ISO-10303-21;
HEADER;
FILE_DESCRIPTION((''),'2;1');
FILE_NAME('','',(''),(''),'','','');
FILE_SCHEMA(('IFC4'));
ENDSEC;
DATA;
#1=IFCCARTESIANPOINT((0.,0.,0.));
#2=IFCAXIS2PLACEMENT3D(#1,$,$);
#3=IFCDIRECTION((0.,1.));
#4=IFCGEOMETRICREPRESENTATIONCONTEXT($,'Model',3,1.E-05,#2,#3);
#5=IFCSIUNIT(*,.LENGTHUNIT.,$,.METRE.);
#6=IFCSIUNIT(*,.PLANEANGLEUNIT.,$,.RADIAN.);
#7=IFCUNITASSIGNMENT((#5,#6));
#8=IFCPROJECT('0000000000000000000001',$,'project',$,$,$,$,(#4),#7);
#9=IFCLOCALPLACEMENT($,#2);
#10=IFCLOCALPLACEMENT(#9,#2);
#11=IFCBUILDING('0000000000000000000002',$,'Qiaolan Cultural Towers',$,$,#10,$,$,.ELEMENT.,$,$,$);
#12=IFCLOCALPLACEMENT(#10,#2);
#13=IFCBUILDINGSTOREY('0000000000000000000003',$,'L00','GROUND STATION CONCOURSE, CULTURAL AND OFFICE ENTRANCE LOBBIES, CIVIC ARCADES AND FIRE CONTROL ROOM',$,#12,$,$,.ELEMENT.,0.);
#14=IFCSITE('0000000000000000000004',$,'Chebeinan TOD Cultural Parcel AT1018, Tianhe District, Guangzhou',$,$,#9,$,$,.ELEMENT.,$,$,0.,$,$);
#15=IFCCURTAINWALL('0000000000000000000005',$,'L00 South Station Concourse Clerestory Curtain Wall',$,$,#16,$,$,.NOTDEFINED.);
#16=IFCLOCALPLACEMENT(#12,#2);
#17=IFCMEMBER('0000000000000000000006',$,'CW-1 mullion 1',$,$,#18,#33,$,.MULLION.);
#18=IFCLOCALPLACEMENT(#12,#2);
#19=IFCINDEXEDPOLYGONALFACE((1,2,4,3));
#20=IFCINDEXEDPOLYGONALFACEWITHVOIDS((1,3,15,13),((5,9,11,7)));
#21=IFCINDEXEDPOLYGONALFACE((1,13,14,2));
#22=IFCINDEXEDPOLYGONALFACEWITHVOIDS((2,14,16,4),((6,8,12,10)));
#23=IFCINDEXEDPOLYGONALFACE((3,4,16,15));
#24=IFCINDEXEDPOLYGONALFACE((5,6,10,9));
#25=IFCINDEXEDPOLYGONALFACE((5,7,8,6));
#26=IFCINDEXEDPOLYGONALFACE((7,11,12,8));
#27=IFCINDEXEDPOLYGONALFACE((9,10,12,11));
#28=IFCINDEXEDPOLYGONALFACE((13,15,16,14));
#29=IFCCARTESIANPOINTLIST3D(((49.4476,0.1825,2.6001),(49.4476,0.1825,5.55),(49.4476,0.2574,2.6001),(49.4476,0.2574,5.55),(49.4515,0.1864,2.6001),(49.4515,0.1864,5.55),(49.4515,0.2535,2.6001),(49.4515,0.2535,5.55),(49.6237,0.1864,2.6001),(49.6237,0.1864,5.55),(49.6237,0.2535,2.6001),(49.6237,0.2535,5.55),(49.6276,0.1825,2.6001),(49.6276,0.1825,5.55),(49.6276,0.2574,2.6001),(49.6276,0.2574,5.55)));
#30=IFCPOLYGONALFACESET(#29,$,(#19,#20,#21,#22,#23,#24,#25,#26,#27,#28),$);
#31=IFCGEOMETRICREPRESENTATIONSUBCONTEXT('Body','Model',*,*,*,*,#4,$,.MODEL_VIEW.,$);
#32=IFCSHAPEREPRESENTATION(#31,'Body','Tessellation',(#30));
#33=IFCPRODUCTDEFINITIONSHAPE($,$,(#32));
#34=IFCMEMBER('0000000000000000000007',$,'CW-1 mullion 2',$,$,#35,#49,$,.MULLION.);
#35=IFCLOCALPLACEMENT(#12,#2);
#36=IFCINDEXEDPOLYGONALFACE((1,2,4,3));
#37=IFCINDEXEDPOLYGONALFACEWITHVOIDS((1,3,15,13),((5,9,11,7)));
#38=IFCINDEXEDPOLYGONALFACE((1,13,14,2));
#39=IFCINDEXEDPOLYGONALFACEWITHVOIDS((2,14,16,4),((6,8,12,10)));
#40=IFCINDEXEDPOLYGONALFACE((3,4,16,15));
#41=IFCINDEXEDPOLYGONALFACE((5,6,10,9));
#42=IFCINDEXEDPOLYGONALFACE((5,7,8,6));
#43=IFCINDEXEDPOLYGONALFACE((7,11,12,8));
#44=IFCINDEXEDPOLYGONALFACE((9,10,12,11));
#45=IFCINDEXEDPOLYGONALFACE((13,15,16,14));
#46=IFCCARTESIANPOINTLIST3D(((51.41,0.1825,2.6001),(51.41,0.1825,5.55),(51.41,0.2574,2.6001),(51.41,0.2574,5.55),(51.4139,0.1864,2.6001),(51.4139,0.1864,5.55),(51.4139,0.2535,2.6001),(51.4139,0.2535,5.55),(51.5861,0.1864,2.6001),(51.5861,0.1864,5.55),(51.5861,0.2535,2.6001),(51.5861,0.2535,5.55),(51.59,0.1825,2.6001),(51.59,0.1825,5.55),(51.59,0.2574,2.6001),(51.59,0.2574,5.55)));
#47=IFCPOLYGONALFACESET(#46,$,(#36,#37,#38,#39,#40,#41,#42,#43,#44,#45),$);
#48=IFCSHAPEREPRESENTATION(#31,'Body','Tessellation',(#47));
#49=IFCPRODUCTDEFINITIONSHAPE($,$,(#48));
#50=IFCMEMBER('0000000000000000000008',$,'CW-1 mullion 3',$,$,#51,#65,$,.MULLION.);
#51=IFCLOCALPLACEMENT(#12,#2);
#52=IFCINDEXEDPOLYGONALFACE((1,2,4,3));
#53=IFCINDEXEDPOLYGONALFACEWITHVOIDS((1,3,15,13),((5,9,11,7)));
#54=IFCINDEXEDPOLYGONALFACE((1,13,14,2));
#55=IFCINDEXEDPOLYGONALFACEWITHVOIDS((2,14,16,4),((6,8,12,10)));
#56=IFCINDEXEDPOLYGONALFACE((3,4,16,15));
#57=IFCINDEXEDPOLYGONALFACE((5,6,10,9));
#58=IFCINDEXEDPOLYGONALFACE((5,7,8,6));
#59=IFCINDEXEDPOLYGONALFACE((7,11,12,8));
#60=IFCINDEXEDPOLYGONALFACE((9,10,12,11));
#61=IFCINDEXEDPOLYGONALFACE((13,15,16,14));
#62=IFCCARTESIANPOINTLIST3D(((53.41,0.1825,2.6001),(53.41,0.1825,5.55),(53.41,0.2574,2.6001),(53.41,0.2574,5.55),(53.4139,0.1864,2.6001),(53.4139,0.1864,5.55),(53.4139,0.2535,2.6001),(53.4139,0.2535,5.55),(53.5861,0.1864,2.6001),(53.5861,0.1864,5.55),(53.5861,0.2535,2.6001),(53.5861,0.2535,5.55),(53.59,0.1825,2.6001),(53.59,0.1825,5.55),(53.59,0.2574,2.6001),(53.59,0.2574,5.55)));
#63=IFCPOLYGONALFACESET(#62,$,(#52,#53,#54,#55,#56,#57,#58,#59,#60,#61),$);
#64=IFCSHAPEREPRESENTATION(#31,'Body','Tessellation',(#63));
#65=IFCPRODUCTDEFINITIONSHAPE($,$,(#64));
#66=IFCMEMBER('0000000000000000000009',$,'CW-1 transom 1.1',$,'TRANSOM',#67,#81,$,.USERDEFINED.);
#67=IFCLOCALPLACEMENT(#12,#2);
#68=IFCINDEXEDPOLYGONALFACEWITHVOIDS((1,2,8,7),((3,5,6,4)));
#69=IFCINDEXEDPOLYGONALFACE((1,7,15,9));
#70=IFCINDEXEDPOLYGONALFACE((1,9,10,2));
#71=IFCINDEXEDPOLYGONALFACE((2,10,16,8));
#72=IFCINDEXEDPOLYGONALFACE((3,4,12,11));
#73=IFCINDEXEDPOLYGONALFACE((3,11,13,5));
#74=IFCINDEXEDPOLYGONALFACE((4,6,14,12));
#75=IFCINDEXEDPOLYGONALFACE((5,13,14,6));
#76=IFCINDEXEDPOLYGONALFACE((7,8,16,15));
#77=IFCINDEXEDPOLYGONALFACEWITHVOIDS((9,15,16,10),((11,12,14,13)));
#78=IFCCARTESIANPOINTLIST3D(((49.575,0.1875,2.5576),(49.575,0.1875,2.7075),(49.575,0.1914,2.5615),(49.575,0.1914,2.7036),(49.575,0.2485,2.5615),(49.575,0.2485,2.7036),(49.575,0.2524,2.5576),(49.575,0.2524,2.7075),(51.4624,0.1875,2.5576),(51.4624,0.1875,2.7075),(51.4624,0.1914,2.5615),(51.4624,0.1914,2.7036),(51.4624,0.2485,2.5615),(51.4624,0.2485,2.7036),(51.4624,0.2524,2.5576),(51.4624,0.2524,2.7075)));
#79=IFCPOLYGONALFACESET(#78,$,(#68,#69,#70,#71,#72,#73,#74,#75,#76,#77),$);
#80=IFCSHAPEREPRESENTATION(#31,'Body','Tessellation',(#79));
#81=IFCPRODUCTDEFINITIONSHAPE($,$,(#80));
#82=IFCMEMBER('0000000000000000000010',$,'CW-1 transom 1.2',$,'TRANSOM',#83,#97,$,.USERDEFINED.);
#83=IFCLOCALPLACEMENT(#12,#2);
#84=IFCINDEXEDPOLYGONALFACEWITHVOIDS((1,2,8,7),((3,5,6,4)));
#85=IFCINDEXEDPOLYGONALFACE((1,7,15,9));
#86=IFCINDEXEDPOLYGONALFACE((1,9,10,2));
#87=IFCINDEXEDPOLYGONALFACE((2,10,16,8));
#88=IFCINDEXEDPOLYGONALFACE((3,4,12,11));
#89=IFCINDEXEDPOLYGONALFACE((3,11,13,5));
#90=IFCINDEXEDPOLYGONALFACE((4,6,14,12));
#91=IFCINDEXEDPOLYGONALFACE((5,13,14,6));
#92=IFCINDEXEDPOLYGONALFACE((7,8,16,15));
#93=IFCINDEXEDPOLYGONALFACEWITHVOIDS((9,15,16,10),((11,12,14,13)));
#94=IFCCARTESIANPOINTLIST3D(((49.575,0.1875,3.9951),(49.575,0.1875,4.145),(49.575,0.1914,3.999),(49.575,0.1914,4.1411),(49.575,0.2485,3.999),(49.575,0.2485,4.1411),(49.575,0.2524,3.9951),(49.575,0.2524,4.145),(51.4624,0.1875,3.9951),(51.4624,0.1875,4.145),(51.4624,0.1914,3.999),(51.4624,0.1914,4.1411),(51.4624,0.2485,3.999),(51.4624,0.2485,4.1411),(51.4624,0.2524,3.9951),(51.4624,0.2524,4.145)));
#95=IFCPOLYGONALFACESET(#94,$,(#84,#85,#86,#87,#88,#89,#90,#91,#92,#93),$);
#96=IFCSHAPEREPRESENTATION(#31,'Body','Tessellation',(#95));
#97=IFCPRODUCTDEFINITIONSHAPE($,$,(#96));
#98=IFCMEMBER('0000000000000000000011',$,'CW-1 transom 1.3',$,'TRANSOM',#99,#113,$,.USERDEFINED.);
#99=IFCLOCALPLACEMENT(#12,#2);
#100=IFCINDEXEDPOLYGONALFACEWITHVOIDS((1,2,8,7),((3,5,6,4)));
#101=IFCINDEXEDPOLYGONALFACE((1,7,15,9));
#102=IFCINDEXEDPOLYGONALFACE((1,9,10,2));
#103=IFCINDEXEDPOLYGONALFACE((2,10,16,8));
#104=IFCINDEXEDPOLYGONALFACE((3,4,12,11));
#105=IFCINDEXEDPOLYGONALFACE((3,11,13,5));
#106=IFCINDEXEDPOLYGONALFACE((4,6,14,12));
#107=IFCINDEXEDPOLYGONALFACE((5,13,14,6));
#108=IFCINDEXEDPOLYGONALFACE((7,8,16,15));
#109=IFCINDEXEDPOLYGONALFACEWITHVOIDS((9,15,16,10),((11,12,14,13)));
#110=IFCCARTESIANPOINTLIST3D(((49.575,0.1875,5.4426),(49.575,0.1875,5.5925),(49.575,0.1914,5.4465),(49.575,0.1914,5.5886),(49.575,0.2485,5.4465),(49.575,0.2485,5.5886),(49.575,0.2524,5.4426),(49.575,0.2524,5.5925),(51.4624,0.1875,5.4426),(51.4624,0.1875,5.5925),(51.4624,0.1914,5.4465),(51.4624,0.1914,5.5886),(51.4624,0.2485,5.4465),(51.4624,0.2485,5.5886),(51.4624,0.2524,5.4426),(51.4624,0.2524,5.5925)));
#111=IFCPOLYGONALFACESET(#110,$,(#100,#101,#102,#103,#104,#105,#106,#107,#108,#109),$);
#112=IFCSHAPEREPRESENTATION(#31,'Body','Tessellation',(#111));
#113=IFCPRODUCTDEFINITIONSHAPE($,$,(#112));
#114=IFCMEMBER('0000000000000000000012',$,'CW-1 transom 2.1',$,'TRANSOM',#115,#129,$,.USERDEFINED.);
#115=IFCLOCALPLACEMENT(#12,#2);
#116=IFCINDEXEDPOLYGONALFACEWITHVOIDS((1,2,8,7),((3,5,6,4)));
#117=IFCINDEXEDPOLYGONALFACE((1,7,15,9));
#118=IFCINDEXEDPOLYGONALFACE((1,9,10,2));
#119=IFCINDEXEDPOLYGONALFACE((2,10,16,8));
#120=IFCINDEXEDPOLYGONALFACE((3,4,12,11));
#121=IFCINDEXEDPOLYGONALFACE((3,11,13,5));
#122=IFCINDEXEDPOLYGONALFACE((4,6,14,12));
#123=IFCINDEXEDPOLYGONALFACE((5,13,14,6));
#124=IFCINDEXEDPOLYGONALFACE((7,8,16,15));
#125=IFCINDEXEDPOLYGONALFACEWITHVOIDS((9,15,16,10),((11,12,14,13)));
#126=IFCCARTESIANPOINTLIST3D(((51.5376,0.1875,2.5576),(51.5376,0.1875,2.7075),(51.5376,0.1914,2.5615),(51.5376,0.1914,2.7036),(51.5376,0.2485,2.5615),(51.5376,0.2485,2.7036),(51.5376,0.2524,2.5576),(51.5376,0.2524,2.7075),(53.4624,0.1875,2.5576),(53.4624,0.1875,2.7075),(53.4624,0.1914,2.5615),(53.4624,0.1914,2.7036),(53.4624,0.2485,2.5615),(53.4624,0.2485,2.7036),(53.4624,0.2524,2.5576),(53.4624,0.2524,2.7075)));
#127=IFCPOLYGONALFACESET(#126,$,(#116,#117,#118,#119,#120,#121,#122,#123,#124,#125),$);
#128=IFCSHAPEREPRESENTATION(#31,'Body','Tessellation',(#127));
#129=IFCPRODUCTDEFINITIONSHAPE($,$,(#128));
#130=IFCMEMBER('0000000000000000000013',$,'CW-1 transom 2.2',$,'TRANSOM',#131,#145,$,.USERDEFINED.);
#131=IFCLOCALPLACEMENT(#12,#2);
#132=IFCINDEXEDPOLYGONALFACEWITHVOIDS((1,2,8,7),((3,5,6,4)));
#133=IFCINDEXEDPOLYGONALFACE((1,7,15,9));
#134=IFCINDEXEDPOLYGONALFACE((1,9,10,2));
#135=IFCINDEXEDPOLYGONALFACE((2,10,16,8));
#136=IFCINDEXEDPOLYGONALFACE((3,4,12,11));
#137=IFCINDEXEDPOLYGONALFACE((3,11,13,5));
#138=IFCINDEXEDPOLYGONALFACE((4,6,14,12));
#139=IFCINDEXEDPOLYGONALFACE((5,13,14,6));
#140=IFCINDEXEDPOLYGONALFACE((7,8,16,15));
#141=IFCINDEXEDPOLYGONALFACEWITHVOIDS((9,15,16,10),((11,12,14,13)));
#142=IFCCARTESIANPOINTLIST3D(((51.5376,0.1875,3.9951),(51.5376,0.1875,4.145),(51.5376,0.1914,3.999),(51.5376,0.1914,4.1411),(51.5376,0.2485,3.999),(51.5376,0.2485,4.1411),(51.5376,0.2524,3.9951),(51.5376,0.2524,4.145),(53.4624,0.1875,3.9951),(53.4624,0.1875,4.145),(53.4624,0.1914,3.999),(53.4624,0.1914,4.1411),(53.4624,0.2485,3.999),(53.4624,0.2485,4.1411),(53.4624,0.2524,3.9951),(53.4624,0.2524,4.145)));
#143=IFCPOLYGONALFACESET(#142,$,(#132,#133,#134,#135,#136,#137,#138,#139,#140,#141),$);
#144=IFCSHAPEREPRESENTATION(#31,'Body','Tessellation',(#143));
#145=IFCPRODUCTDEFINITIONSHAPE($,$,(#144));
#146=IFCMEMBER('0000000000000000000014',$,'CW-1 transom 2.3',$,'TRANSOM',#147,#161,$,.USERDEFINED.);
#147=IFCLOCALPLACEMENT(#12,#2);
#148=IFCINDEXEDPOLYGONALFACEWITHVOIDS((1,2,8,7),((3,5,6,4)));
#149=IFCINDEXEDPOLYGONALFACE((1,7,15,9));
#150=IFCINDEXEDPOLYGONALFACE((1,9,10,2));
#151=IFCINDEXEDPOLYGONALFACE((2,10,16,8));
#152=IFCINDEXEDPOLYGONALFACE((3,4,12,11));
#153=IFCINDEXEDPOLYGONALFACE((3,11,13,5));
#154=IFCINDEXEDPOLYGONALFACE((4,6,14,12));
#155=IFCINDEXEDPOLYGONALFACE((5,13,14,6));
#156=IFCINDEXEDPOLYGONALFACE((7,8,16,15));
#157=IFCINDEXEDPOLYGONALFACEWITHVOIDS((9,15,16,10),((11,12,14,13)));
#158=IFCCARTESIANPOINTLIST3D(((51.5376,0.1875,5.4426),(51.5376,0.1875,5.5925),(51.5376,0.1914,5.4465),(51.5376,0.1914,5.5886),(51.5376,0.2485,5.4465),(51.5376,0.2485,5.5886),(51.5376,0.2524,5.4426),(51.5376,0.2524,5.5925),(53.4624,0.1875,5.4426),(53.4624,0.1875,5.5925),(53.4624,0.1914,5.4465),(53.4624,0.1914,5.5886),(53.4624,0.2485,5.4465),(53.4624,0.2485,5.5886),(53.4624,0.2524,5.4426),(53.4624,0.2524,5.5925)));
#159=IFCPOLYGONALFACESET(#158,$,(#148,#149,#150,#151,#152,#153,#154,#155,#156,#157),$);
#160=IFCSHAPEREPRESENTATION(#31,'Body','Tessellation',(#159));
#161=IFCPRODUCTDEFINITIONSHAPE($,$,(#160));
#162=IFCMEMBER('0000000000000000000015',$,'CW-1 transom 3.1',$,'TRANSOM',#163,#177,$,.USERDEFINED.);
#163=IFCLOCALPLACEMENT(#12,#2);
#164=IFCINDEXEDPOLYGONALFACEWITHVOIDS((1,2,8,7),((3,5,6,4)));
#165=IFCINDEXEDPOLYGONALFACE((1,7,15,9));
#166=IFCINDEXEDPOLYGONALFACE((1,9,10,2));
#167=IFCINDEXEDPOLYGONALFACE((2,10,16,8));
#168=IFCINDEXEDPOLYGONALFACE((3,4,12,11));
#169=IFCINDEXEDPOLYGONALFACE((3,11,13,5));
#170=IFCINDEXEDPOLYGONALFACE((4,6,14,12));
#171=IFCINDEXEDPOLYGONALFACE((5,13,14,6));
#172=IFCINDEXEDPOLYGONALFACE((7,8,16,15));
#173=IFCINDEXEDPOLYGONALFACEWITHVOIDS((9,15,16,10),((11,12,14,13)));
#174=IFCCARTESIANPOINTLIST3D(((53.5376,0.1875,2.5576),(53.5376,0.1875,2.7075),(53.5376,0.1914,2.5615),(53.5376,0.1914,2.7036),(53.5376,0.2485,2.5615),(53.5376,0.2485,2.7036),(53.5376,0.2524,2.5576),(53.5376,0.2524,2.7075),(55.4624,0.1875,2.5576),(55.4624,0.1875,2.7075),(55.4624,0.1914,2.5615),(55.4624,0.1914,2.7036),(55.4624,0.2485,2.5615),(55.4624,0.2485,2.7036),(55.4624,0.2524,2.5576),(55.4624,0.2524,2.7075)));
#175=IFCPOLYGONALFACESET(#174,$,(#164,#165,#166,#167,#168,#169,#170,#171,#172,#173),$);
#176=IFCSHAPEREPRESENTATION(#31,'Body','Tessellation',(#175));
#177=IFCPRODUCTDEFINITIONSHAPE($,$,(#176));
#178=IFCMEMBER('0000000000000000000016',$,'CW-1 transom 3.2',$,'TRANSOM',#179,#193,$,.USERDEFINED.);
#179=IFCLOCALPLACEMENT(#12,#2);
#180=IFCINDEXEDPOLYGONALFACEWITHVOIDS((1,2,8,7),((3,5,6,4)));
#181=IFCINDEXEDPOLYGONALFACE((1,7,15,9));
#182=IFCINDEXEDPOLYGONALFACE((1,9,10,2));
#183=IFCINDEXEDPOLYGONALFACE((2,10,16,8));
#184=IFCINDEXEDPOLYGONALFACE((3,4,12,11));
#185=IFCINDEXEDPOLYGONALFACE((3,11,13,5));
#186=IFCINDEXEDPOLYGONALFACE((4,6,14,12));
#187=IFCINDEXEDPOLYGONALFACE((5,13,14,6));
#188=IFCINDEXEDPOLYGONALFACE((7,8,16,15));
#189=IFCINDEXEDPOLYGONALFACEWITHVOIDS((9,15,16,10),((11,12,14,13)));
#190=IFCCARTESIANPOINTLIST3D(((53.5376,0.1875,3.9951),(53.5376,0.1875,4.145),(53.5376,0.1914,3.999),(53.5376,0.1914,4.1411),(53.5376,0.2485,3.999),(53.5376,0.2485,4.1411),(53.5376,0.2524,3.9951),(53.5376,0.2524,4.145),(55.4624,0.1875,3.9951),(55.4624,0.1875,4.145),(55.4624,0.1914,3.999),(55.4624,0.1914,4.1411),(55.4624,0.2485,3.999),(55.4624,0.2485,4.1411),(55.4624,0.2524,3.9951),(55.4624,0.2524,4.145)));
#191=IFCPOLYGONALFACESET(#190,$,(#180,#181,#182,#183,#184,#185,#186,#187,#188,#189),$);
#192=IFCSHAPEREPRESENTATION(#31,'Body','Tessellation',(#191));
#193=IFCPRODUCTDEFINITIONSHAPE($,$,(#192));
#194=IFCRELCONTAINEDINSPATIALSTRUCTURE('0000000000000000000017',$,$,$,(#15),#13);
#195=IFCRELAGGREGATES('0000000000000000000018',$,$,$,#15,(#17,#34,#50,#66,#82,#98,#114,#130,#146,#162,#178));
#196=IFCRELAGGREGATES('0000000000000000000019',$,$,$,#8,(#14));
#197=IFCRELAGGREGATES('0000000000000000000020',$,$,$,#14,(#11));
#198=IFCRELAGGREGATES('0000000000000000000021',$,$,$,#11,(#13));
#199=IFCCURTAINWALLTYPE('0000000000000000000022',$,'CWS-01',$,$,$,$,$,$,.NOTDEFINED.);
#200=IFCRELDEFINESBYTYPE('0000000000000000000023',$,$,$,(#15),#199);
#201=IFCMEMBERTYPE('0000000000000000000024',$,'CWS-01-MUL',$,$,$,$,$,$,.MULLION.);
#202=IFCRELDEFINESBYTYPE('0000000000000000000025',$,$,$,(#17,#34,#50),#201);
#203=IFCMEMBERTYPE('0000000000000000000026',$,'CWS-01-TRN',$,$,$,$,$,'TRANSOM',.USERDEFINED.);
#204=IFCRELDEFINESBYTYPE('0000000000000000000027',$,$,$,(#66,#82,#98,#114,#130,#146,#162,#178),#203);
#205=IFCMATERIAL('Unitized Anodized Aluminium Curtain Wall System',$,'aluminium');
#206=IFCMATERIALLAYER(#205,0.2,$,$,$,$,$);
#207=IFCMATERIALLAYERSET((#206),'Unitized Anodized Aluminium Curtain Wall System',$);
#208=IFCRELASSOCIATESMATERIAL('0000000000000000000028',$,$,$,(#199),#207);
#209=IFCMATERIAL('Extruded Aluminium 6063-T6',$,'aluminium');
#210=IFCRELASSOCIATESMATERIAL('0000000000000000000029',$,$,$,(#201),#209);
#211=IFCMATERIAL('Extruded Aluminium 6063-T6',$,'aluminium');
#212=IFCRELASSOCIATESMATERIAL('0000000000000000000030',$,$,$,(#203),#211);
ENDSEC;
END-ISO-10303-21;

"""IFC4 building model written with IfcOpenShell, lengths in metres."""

from ifc_helpers import new_model, si_unit, direction, frame, origin, origin_2d, place, context, subcontext, project, spatial, hollow_rectangle, extrude, material, layer, layer_set, material_profile, profile_set, type_object, element, aggregate, save


model = new_model("IFC4")

# Units and contexts
model_context = context("Model", 3, precision=1e-05, world=origin(), true_north=direction((0.0, 1.0)))
body_context = subcontext(model_context, "Body", "Model", "MODEL_VIEW")
ifc_project = project(units=[si_unit("LENGTHUNIT", "METRE"), si_unit("PLANEANGLEUNIT", "RADIAN")], contexts=[model_context])

# Site, building, storey
site_placement = place(None, origin())
site = spatial("IfcSite", under=ifc_project, at=site_placement, Name="Chebeinan TOD Cultural Parcel AT1018, Tianhe District, Guangzhou", CompositionType="ELEMENT", RefElevation=0.0)
building_placement = place(site_placement, origin())
building = spatial("IfcBuilding", under=site, at=building_placement, Name="Qiaolan Cultural Towers", CompositionType="ELEMENT")
storey_placement = place(building_placement, origin())
storey = spatial("IfcBuildingStorey", under=building, at=storey_placement, Name="L00", Description="GROUND STATION CONCOURSE, CULTURAL AND OFFICE ENTRANCE LOBBIES, CIVIC ARCADES AND FIRE CONTROL ROOM", CompositionType="ELEMENT", Elevation=0.0)

# Curtain wall, members
ifc_material_1 = material(Name="Unitized Anodized Aluminium Curtain Wall System", Category="aluminium")
ifc_layer_1 = layer(ifc_material_1, 0.2)
ifc_layer_set_1 = layer_set([ifc_layer_1], Name="Unitized Anodized Aluminium Curtain Wall System")
curtain_wall_type = type_object("IfcCurtainWallType", Name="CWS-01", PredefinedType="NOTDEFINED", material=ifc_layer_set_1)
curtain_wall_placement = place(storey_placement, origin())
curtain_wall = element("IfcCurtainWall", 1, at=curtain_wall_placement, inside=storey, type_object=curtain_wall_type, Name="L00 South Station Concourse Clerestory Curtain Wall", PredefinedType="NOTDEFINED")
ifc_material_2 = material(Name="Extruded Aluminium 6063-T6", Category="aluminium")
ifc_material_profile_1 = material_profile(ifc_material_2, hollow_rectangle(XDim=0.075, YDim=0.1799, WallThickness=0.0039, at=origin_2d()), Name="CWM-180x75x4")
ifc_profile_set_1 = profile_set([ifc_material_profile_1], Name="Extruded Aluminium 6063-T6")
member_type_1 = type_object("IfcMemberType", Name="CWS-01-MUL", PredefinedType="MULLION", material=ifc_profile_set_1)
member_1_placement = place(storey_placement, frame((49.5376, 0.22, 2.6001), z_axis=(0.0, 0.0, 1.0), x_axis=(0.0, 1.0, 0.0)))
member_1 = element("IfcMember", 2, at=member_1_placement, type_object=member_type_1, Name="CW-1 mullion 1", PredefinedType="MULLION", context=body_context, shape_type="SweptSolid", body=[
    extrude(hollow_rectangle(XDim=0.075, YDim=0.1799, WallThickness=0.0039, at=origin_2d()), origin(), (0.0, 0.0, 1.0), 2.95),
])
member_2_placement = place(storey_placement, frame((51.5, 0.22, 2.6001), z_axis=(0.0, 0.0, 1.0), x_axis=(0.0, 1.0, 0.0)))
member_2 = element("IfcMember", 3, at=member_2_placement, type_object=member_type_1, Name="CW-1 mullion 2", PredefinedType="MULLION", context=body_context, shape_type="SweptSolid", body=[
    extrude(hollow_rectangle(XDim=0.075, YDim=0.1799, WallThickness=0.0039, at=origin_2d()), origin(), (0.0, 0.0, 1.0), 2.95),
])
member_3_placement = place(storey_placement, frame((53.5, 0.22, 2.6001), z_axis=(0.0, 0.0, 1.0), x_axis=(0.0, 1.0, 0.0)))
member_3 = element("IfcMember", 4, at=member_3_placement, type_object=member_type_1, Name="CW-1 mullion 3", PredefinedType="MULLION", context=body_context, shape_type="SweptSolid", body=[
    extrude(hollow_rectangle(XDim=0.075, YDim=0.1799, WallThickness=0.0039, at=origin_2d()), origin(), (0.0, 0.0, 1.0), 2.95),
])
ifc_material_3 = material(Name="Extruded Aluminium 6063-T6", Category="aluminium")
ifc_material_profile_2 = material_profile(ifc_material_3, hollow_rectangle(XDim=0.0649, YDim=0.1499, WallThickness=0.0039, at=origin_2d()), Name="CWT-150x65x4")
ifc_profile_set_2 = profile_set([ifc_material_profile_2], Name="Extruded Aluminium 6063-T6")
member_type_2 = type_object("IfcMemberType", Name="CWS-01-TRN", ElementType="TRANSOM", PredefinedType="USERDEFINED", material=ifc_profile_set_2)
member_4_placement = place(storey_placement, frame((49.575, 0.22, 2.6326), z_axis=(1.0, 0.0, 0.0), x_axis=(0.0, 1.0, 0.0)))
member_4 = element("IfcMember", 5, at=member_4_placement, type_object=member_type_2, Name="CW-1 transom 1.1", ObjectType="TRANSOM", PredefinedType="USERDEFINED", context=body_context, shape_type="SweptSolid", body=[
    extrude(hollow_rectangle(XDim=0.0649, YDim=0.1499, WallThickness=0.0039, at=origin_2d()), origin(), (0.0, 0.0, 1.0), 1.8875),
])
member_5_placement = place(storey_placement, frame((49.575, 0.22, 4.0701), z_axis=(1.0, 0.0, 0.0), x_axis=(0.0, 1.0, 0.0)))
member_5 = element("IfcMember", 6, at=member_5_placement, type_object=member_type_2, Name="CW-1 transom 1.2", ObjectType="TRANSOM", PredefinedType="USERDEFINED", context=body_context, shape_type="SweptSolid", body=[
    extrude(hollow_rectangle(XDim=0.0649, YDim=0.1499, WallThickness=0.0039, at=origin_2d()), origin(), (0.0, 0.0, 1.0), 1.8875),
])
member_6_placement = place(storey_placement, frame((49.575, 0.22, 5.5176), z_axis=(1.0, 0.0, 0.0), x_axis=(0.0, 1.0, 0.0)))
member_6 = element("IfcMember", 7, at=member_6_placement, type_object=member_type_2, Name="CW-1 transom 1.3", ObjectType="TRANSOM", PredefinedType="USERDEFINED", context=body_context, shape_type="SweptSolid", body=[
    extrude(hollow_rectangle(XDim=0.0649, YDim=0.1499, WallThickness=0.0039, at=origin_2d()), origin(), (0.0, 0.0, 1.0), 1.8875),
])
member_7_placement = place(storey_placement, frame((51.5376, 0.22, 2.6326), z_axis=(1.0, 0.0, 0.0), x_axis=(0.0, 1.0, 0.0)))
member_7 = element("IfcMember", 8, at=member_7_placement, type_object=member_type_2, Name="CW-1 transom 2.1", ObjectType="TRANSOM", PredefinedType="USERDEFINED", context=body_context, shape_type="SweptSolid", body=[
    extrude(hollow_rectangle(XDim=0.0649, YDim=0.1499, WallThickness=0.0039, at=origin_2d()), origin(), (0.0, 0.0, 1.0), 1.9248),
])
member_8_placement = place(storey_placement, frame((51.5376, 0.22, 4.0701), z_axis=(1.0, 0.0, 0.0), x_axis=(0.0, 1.0, 0.0)))
member_8 = element("IfcMember", 9, at=member_8_placement, type_object=member_type_2, Name="CW-1 transom 2.2", ObjectType="TRANSOM", PredefinedType="USERDEFINED", context=body_context, shape_type="SweptSolid", body=[
    extrude(hollow_rectangle(XDim=0.0649, YDim=0.1499, WallThickness=0.0039, at=origin_2d()), origin(), (0.0, 0.0, 1.0), 1.9248),
])
member_9_placement = place(storey_placement, frame((51.5376, 0.22, 5.5176), z_axis=(1.0, 0.0, 0.0), x_axis=(0.0, 1.0, 0.0)))
member_9 = element("IfcMember", 10, at=member_9_placement, type_object=member_type_2, Name="CW-1 transom 2.3", ObjectType="TRANSOM", PredefinedType="USERDEFINED", context=body_context, shape_type="SweptSolid", body=[
    extrude(hollow_rectangle(XDim=0.0649, YDim=0.1499, WallThickness=0.0039, at=origin_2d()), origin(), (0.0, 0.0, 1.0), 1.9248),
])
member_10_placement = place(storey_placement, frame((53.5376, 0.22, 2.6326), z_axis=(1.0, 0.0, 0.0), x_axis=(0.0, 1.0, 0.0)))
member_10 = element("IfcMember", 11, at=member_10_placement, type_object=member_type_2, Name="CW-1 transom 3.1", ObjectType="TRANSOM", PredefinedType="USERDEFINED", context=body_context, shape_type="SweptSolid", body=[
    extrude(hollow_rectangle(XDim=0.0649, YDim=0.1499, WallThickness=0.0039, at=origin_2d()), origin(), (0.0, 0.0, 1.0), 1.9248),
])
member_11_placement = place(storey_placement, frame((53.5376, 0.22, 4.0701), z_axis=(1.0, 0.0, 0.0), x_axis=(0.0, 1.0, 0.0)))
member_11 = element("IfcMember", 12, at=member_11_placement, type_object=member_type_2, Name="CW-1 transom 3.2", ObjectType="TRANSOM", PredefinedType="USERDEFINED", context=body_context, shape_type="SweptSolid", body=[
    extrude(hollow_rectangle(XDim=0.0649, YDim=0.1499, WallThickness=0.0039, at=origin_2d()), origin(), (0.0, 0.0, 1.0), 1.9248),
])
aggregate(curtain_wall, [member_1, member_2, member_3, member_4, member_5, member_6, member_7, member_8, member_9, member_10, member_11])

save(model, "model.ifc")
